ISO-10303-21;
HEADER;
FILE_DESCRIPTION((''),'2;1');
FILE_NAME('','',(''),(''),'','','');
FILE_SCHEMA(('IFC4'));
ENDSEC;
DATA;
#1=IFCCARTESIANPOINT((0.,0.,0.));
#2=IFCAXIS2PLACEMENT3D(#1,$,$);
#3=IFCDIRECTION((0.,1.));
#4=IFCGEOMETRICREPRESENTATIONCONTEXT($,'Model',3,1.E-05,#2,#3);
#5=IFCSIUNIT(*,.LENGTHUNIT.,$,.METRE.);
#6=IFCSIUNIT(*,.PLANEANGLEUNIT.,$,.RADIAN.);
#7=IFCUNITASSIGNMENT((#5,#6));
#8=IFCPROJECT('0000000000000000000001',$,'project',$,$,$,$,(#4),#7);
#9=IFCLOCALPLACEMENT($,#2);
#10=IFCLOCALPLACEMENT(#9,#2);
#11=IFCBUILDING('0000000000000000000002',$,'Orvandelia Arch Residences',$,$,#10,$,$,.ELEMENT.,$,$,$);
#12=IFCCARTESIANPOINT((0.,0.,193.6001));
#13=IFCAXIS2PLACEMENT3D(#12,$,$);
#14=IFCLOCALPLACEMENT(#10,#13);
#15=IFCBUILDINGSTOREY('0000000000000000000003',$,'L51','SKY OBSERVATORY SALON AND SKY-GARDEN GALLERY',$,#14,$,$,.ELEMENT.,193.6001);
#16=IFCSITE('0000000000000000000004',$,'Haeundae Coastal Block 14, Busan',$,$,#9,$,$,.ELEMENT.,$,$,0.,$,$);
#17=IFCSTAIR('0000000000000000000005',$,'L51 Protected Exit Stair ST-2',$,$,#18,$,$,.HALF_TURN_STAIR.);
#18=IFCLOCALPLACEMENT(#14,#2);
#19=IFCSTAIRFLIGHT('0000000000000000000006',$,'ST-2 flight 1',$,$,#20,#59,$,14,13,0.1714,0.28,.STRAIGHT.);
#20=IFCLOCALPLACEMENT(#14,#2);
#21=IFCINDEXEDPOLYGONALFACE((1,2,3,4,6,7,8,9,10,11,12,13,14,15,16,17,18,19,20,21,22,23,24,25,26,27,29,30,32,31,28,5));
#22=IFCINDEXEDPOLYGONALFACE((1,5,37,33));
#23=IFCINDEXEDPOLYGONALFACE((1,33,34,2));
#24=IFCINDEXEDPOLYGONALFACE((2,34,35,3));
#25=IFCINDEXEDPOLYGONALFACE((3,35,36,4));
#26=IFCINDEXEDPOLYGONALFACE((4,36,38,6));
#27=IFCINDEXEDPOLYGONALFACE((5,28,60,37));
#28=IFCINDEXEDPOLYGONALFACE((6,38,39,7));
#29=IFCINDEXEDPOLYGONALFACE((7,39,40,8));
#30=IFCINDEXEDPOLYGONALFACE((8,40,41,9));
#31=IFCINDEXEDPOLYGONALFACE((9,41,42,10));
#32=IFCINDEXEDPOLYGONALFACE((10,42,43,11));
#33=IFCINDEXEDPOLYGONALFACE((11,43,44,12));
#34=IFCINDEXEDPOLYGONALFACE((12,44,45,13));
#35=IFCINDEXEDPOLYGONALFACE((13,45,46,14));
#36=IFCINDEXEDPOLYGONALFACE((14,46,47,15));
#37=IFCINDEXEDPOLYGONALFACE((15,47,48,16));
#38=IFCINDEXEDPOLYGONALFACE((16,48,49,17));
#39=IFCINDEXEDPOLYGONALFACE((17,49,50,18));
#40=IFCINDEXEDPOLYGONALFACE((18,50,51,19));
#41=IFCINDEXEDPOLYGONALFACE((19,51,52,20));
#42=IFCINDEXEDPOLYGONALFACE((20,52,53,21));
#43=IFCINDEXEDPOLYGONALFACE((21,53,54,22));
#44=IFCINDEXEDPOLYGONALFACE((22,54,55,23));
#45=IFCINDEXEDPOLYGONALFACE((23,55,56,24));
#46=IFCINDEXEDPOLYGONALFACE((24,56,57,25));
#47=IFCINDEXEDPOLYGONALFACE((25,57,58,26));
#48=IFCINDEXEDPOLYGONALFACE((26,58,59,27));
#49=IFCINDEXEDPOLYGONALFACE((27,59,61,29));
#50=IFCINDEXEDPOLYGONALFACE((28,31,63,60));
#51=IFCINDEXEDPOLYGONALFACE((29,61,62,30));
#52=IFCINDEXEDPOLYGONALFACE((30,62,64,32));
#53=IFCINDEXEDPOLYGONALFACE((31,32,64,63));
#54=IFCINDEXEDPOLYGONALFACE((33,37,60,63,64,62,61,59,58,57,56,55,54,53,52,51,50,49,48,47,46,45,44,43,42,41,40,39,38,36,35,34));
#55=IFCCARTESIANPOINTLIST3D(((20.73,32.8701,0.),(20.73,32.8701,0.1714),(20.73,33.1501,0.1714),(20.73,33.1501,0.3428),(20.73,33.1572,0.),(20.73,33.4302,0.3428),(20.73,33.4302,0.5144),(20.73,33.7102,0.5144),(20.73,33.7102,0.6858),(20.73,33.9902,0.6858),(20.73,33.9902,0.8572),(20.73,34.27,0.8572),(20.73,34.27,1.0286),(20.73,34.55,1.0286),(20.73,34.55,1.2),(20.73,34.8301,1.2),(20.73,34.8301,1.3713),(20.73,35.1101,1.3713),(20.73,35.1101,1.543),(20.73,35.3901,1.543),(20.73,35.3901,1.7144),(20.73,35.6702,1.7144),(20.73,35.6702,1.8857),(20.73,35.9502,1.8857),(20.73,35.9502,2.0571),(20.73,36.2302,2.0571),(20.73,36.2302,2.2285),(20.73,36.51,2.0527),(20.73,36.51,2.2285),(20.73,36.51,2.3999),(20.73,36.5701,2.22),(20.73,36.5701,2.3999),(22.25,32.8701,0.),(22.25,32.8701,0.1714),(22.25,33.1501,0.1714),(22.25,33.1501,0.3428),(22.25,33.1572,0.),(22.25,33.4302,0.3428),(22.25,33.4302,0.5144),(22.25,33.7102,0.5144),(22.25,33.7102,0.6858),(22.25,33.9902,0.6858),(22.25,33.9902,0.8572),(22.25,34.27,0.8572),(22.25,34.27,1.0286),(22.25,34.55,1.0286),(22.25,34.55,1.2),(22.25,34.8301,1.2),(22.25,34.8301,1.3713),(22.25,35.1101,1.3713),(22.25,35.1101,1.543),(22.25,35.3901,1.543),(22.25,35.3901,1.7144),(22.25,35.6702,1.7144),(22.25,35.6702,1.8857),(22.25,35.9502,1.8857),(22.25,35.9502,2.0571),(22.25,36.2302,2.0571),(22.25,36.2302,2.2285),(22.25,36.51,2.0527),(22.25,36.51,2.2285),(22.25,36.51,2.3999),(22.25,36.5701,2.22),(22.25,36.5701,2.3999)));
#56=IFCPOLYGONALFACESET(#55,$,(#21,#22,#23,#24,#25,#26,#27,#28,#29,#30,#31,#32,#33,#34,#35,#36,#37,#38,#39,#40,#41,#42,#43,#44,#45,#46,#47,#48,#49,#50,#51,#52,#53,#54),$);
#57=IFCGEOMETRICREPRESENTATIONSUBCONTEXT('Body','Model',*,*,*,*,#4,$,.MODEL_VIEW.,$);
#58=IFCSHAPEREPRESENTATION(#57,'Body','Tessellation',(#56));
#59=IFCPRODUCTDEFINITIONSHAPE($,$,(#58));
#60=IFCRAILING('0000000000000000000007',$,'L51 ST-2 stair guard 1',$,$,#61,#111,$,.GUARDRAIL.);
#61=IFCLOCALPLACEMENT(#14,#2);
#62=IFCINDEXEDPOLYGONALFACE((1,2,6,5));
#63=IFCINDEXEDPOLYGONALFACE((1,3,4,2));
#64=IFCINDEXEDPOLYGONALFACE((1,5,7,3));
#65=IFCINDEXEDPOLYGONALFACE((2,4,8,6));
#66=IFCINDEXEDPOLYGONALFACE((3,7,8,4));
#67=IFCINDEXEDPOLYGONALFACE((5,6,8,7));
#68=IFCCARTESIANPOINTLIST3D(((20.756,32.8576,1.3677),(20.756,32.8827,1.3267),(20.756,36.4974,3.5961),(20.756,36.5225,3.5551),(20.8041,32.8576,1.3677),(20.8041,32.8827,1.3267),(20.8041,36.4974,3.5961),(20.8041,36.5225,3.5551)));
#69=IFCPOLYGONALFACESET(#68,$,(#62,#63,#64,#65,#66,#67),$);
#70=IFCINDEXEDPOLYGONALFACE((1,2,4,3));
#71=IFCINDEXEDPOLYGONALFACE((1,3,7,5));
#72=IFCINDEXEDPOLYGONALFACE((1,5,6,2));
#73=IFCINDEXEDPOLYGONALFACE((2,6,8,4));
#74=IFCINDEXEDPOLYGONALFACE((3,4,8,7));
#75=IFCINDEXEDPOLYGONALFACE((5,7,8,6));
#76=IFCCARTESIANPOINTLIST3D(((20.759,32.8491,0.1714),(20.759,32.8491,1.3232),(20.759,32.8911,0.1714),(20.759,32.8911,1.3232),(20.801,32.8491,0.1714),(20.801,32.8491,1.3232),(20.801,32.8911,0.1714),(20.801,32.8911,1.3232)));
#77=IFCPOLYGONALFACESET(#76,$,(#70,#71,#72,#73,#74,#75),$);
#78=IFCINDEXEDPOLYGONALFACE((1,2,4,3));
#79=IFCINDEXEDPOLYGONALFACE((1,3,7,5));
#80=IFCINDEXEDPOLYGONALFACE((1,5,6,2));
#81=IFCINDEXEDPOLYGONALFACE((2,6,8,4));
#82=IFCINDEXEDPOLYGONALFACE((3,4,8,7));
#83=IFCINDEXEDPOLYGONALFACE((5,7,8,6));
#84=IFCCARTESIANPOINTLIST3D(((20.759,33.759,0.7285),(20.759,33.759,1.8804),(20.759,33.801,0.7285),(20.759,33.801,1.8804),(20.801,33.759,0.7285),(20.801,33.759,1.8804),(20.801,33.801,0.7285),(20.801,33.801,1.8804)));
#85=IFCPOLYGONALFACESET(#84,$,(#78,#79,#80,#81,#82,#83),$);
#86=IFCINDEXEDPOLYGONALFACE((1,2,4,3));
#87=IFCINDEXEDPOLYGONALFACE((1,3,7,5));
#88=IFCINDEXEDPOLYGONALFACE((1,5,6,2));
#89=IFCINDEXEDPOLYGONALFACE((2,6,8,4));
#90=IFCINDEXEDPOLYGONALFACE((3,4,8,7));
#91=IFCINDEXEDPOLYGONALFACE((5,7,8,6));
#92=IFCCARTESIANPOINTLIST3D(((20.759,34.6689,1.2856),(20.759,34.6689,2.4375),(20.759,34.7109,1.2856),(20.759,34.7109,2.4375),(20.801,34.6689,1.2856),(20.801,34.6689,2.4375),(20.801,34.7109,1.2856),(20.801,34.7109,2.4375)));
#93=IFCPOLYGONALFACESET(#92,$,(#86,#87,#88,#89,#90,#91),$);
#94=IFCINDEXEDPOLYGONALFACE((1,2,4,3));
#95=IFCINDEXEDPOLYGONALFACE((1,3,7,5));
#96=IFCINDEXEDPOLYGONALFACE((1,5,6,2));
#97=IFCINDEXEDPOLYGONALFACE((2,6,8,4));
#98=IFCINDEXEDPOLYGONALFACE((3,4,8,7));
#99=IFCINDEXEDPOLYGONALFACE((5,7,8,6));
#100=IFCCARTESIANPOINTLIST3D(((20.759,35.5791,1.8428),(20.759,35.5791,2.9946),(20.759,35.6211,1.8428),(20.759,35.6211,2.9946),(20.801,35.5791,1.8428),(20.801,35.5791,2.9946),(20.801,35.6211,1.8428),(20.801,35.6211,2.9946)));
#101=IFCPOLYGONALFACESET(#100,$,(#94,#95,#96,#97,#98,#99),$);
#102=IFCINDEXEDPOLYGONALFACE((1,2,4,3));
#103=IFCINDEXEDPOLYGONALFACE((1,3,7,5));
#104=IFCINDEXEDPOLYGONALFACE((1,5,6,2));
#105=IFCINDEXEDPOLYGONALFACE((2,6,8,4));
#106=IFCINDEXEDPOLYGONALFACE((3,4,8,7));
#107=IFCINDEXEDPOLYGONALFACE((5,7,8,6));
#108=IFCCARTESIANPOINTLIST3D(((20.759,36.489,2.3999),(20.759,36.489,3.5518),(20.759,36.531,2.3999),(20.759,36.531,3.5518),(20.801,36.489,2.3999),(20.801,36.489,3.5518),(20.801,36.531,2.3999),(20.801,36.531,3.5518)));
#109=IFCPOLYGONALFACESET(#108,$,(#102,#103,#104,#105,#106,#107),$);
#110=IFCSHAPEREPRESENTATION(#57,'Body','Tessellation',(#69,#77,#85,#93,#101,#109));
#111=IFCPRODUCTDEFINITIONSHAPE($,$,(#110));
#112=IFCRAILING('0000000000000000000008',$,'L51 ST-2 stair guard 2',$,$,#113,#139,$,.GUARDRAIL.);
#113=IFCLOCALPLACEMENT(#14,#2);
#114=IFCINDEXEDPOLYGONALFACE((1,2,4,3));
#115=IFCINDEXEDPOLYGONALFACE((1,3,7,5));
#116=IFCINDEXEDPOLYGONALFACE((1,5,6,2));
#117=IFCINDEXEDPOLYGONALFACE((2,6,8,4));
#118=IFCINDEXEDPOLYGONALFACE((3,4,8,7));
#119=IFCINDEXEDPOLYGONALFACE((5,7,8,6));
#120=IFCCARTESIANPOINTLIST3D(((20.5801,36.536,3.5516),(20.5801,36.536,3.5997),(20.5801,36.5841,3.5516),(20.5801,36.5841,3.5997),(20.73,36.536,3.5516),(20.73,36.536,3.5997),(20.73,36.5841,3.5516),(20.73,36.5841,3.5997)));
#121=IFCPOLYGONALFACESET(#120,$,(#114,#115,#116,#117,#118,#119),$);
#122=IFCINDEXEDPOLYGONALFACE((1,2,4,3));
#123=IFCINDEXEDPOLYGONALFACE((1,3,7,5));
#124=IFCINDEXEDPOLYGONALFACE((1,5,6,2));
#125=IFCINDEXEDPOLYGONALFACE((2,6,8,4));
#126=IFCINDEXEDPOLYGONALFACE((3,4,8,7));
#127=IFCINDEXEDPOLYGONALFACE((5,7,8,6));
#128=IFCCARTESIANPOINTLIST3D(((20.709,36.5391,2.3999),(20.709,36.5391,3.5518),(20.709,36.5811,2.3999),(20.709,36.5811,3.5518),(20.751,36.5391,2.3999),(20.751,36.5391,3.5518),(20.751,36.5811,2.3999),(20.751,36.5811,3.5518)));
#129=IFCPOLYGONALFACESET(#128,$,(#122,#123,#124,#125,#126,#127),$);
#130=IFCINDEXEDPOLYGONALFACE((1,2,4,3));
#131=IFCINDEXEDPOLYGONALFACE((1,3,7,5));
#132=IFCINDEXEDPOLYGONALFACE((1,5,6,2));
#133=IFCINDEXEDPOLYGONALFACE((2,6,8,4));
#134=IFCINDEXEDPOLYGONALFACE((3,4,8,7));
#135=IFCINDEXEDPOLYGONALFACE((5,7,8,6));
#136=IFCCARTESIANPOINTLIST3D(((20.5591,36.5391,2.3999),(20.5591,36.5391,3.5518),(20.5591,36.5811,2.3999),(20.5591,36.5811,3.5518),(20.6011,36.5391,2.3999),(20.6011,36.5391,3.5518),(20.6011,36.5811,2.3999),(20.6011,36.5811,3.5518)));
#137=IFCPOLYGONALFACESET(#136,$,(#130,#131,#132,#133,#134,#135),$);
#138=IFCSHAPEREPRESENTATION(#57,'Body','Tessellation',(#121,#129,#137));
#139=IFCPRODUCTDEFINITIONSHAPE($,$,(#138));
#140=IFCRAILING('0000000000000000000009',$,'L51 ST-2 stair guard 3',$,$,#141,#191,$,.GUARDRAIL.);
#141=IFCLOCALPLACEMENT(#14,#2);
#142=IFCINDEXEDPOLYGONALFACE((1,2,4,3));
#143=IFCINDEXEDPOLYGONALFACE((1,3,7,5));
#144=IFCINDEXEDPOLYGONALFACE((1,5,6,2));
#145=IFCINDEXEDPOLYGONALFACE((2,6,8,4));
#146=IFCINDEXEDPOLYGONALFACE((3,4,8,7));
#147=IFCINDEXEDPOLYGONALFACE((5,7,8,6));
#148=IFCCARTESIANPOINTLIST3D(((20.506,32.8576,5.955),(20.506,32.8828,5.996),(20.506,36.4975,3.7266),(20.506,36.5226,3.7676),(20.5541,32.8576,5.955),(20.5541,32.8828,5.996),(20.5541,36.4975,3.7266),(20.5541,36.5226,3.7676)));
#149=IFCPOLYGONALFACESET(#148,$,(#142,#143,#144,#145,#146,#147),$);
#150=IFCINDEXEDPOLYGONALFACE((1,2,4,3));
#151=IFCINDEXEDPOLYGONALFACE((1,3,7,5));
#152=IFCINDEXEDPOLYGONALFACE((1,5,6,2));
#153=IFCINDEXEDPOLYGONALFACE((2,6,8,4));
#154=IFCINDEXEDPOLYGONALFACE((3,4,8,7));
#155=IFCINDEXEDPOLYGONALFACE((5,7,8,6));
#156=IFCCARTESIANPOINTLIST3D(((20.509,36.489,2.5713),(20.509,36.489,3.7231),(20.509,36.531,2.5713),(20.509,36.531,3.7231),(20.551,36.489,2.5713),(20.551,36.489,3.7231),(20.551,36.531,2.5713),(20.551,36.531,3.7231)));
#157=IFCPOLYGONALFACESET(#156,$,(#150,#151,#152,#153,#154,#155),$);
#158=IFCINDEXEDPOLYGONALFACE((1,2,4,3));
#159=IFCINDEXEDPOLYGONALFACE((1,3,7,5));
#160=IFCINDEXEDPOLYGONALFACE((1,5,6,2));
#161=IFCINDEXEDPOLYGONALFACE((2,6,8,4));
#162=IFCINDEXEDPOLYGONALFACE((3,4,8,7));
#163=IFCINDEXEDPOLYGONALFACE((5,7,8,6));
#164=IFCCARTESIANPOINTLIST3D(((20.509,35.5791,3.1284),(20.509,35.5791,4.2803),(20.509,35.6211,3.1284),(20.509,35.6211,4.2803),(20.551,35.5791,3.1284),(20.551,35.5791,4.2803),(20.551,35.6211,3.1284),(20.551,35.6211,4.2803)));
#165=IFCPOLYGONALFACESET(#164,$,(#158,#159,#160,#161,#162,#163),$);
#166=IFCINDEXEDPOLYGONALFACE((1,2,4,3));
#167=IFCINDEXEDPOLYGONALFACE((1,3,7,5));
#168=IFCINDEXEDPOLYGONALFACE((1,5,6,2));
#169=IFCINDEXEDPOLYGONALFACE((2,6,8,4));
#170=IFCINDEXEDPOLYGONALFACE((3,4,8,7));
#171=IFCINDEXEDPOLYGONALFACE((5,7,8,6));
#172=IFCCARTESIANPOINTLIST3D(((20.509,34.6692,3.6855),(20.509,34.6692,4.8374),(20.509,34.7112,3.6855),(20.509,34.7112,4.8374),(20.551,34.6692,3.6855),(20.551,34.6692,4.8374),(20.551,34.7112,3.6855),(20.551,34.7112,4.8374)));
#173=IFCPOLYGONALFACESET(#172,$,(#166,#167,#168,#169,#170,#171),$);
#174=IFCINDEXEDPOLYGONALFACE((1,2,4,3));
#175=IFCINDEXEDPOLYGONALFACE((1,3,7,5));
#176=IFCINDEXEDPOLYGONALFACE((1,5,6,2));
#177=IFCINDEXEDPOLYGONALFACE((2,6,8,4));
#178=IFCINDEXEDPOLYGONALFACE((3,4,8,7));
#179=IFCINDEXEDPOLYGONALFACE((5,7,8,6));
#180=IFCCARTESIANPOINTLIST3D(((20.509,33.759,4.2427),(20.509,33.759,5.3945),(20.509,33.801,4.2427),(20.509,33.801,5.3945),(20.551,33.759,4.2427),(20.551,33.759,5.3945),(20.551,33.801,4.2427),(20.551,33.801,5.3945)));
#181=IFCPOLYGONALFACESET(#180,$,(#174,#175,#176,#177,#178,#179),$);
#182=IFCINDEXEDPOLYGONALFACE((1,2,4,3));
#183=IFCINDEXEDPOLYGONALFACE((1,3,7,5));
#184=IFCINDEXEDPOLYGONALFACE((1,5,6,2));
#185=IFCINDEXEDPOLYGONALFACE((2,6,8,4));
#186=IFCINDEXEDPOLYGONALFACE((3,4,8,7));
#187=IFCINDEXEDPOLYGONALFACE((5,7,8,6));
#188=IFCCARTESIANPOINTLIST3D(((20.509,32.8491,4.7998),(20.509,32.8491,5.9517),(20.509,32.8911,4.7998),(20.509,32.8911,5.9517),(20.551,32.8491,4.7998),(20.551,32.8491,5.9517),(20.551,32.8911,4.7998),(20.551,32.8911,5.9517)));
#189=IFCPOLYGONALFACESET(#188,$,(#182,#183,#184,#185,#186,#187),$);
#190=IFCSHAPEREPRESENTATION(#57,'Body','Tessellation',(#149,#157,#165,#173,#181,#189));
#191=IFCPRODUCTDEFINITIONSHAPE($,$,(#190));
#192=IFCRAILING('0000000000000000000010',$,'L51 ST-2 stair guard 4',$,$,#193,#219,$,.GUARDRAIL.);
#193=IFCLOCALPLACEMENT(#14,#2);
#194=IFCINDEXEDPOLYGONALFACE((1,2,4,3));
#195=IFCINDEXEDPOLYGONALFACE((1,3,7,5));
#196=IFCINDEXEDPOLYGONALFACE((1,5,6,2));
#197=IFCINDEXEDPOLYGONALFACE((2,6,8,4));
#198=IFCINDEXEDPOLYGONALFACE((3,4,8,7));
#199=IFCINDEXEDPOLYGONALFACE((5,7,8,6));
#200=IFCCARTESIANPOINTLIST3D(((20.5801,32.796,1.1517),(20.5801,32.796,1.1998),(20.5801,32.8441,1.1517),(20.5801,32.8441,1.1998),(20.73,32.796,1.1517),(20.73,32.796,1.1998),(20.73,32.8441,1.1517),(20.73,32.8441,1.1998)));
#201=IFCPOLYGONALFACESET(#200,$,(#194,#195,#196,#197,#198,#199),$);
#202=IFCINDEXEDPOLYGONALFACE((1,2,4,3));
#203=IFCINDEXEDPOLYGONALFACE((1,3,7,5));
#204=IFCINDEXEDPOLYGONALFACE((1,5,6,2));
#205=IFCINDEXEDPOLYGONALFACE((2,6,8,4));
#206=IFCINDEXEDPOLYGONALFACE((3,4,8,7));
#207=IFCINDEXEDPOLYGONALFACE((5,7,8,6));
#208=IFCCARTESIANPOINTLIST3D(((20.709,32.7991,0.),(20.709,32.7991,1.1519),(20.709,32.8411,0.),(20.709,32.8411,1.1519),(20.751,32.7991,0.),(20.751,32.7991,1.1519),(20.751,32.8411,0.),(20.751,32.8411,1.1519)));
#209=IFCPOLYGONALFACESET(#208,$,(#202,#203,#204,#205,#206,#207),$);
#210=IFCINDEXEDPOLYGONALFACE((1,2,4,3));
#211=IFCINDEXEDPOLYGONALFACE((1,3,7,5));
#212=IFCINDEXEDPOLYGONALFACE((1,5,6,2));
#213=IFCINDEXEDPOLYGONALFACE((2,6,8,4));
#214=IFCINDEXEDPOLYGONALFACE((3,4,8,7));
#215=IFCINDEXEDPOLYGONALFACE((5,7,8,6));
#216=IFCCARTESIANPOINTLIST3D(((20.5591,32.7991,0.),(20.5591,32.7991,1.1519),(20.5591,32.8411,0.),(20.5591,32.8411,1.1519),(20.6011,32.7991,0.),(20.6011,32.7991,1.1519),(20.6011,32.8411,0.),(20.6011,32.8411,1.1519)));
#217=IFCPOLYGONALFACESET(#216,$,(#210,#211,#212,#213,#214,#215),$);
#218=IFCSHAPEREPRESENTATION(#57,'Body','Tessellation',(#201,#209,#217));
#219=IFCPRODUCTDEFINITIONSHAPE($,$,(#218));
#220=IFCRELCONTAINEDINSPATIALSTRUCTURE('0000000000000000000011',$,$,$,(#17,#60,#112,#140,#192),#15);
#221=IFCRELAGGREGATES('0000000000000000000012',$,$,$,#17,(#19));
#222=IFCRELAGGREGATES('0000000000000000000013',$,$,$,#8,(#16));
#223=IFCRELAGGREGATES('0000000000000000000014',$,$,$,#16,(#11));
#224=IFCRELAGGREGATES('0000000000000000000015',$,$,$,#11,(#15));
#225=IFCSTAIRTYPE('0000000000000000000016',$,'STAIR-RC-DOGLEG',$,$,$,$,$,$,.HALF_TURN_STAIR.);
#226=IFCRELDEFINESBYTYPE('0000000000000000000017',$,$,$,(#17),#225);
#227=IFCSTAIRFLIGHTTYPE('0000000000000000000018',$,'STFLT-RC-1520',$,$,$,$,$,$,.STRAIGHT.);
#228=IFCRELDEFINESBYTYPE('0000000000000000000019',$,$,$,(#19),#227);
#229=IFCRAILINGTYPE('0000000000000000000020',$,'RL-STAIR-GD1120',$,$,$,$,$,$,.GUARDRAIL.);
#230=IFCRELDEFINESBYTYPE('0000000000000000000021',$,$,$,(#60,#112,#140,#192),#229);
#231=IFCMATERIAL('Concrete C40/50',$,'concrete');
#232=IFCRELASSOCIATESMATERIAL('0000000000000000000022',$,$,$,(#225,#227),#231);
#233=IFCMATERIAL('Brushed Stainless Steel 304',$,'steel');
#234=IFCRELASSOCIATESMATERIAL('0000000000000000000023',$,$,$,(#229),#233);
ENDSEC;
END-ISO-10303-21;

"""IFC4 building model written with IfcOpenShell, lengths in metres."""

from ifc_helpers import new_model, si_unit, direction, frame, origin, origin_2d, place, context, subcontext, project, spatial, polyline, rectangle, outline, extrude, material, type_object, element, aggregate, save


model = new_model("IFC4")

# Units and contexts
model_context = context("Model", 3, precision=1e-05, world=origin(), true_north=direction((0.0, 1.0)))
body_context = subcontext(model_context, "Body", "Model", "MODEL_VIEW")
ifc_project = project(units=[si_unit("LENGTHUNIT", "METRE"), si_unit("PLANEANGLEUNIT", "RADIAN")], contexts=[model_context])

# Site, building, storey
site_placement = place(None, origin())
site = spatial("IfcSite", under=ifc_project, at=site_placement, Name="Haeundae Coastal Block 14, Busan", CompositionType="ELEMENT", RefElevation=0.0)
building_placement = place(site_placement, origin())
building = spatial("IfcBuilding", under=site, at=building_placement, Name="Orvandelia Arch Residences", CompositionType="ELEMENT")
storey_placement = place(building_placement, frame((0.0, 0.0, 193.6001)))
storey = spatial("IfcBuildingStorey", under=building, at=storey_placement, Name="L51", Description="SKY OBSERVATORY SALON AND SKY-GARDEN GALLERY", CompositionType="ELEMENT", Elevation=193.6001)

# Stair, stair flight
ifc_material_1 = material(Name="Concrete C40/50", Category="concrete")
stair_type = type_object("IfcStairType", Name="STAIR-RC-DOGLEG", PredefinedType="HALF_TURN_STAIR", material=ifc_material_1)
stair_placement = place(storey_placement, origin())
stair = element("IfcStair", 1, at=stair_placement, inside=storey, type_object=stair_type, Name="L51 Protected Exit Stair ST-2", PredefinedType="HALF_TURN_STAIR")
stair_flight_type = type_object("IfcStairFlightType", Name="STFLT-RC-1520", PredefinedType="STRAIGHT", material=ifc_material_1)
stair_flight_placement = place(storey_placement, frame((21.49, 32.8701, 0.0), z_axis=(0.0, 0.0, 1.0), x_axis=(0.0, 1.0, 0.0)))
stair_flight = element("IfcStairFlight", 2, at=stair_flight_placement, type_object=stair_flight_type, Name="ST-2 flight 1", NumberOfRisers=14, NumberOfTreads=13, PredefinedType="STRAIGHT", RiserHeight=0.1714, TreadLength=0.28, context=body_context, shape_type="SweptSolid", body=[
    extrude(outline(polyline([(0.0, 0.0), (0.0, 0.1714), (0.28, 0.1714), (0.28, 0.3428), (0.5601, 0.3428), (0.5601, 0.5144), (0.8401, 0.5144), (0.8401, 0.6858), (1.1201, 0.6858), (1.1201, 0.8572), (1.3999, 0.8572), (1.3999, 1.0286), (1.6799, 1.0286), (1.6799, 1.2), (1.96, 1.2), (1.96, 1.3713), (2.24, 1.3713), (2.24, 1.543), (2.52, 1.543), (2.52, 1.7144), (2.8, 1.7144), (2.8, 1.8857), (3.0801, 1.8857), (3.0801, 2.0571), (3.3601, 2.0571), (3.3601, 2.2285), (3.6399, 2.2285), (3.6399, 2.3999), (3.7, 2.3999), (3.7, 2.22), (3.6399, 2.0527), (0.2871, 0.0), (0.0, 0.0)])), frame((0.0, 0.76, 0.0), z_axis=(0.0, -1.0, 0.0), x_axis=(1.0, 0.0, 0.0)), (0.0, 0.0, 1.0), 1.52),
])
aggregate(stair, [stair_flight])

# Railings
ifc_material_2 = material(Name="Brushed Stainless Steel 304", Category="steel")
railing_type_1 = type_object("IfcRailingType", Name="RL-STAIR-GD1120", PredefinedType="GUARDRAIL", material=ifc_material_2)
railing_1_placement = place(storey_placement, frame((20.78, 32.8701, 0.1714)))
element("IfcRailing", 3, at=railing_1_placement, inside=storey, type_object=railing_type_1, Name="L51 ST-2 stair guard 1", PredefinedType="GUARDRAIL", context=body_context, shape_type="SweptSolid", body=[
    extrude(rectangle(XDim=0.0481, YDim=0.0481, at=origin_2d()), frame((0.0, 0.0, 1.1758), z_axis=(0.0, 0.85285, 0.522156), x_axis=(-1.0, 0.0, 0.0)), (0.0, 0.0, 1.0), 4.2678),
    extrude(rectangle(XDim=0.042, YDim=0.042, at=origin_2d()), origin(), (0.0, 0.0, 1.0), 1.1519),
    extrude(rectangle(XDim=0.042, YDim=0.042, at=origin_2d()), frame((0.0, 0.9099, 0.5571)), (0.0, 0.0, 1.0), 1.1519),
    extrude(rectangle(XDim=0.042, YDim=0.042, at=origin_2d()), frame((0.0, 1.8198, 1.1143)), (0.0, 0.0, 1.0), 1.1519),
    extrude(rectangle(XDim=0.042, YDim=0.042, at=origin_2d()), frame((0.0, 2.73, 1.6714)), (0.0, 0.0, 1.0), 1.1519),
    extrude(rectangle(XDim=0.042, YDim=0.042, at=origin_2d()), frame((0.0, 3.6399, 2.2285)), (0.0, 0.0, 1.0), 1.1519),
])
railing_2_placement = place(storey_placement, frame((20.73, 36.5601, 2.3999)))
element("IfcRailing", 4, at=railing_2_placement, inside=storey, type_object=railing_type_1, Name="L51 ST-2 stair guard 2", PredefinedType="GUARDRAIL", context=body_context, shape_type="SweptSolid", body=[
    extrude(rectangle(XDim=0.0481, YDim=0.0481, at=origin_2d()), frame((0.0, 0.0, 1.1758), z_axis=(-1.0, 0.0, 0.0), x_axis=(0.0, -1.0, 0.0)), (0.0, 0.0, 1.0), 0.1499),
    extrude(rectangle(XDim=0.042, YDim=0.042, at=origin_2d()), origin(), (0.0, 0.0, 1.0), 1.1519),
    extrude(rectangle(XDim=0.042, YDim=0.042, at=origin_2d()), frame((-0.1499, 0.0, 0.0)), (0.0, 0.0, 1.0), 1.1519),
])
railing_3_placement = place(storey_placement, frame((20.53, 36.51, 2.5713)))
element("IfcRailing", 5, at=railing_3_placement, inside=storey, type_object=railing_type_1, Name="L51 ST-2 stair guard 3", PredefinedType="GUARDRAIL", context=body_context, shape_type="SweptSolid", body=[
    extrude(rectangle(XDim=0.0481, YDim=0.0481, at=origin_2d()), frame((0.0, 0.0, 1.1758), z_axis=(0.0, -0.85285, 0.522156), x_axis=(1.0, 0.0, 0.0)), (0.0, 0.0, 1.0), 4.2678),
    extrude(rectangle(XDim=0.042, YDim=0.042, at=origin_2d()), origin(), (0.0, 0.0, 1.0), 1.1519),
    extrude(rectangle(XDim=0.042, YDim=0.042, at=origin_2d()), frame((0.0, -0.9099, 0.5571)), (0.0, 0.0, 1.0), 1.1519),
    extrude(rectangle(XDim=0.042, YDim=0.042, at=origin_2d()), frame((0.0, -1.8198, 1.1143)), (0.0, 0.0, 1.0), 1.1519),
    extrude(rectangle(XDim=0.042, YDim=0.042, at=origin_2d()), frame((0.0, -2.73, 1.6714)), (0.0, 0.0, 1.0), 1.1519),
    extrude(rectangle(XDim=0.042, YDim=0.042, at=origin_2d()), frame((0.0, -3.6399, 2.2285)), (0.0, 0.0, 1.0), 1.1519),
])
railing_4_placement = place(storey_placement, frame((20.73, 32.8201, 0.0)))
element("IfcRailing", 6, at=railing_4_placement, inside=storey, type_object=railing_type_1, Name="L51 ST-2 stair guard 4", PredefinedType="GUARDRAIL", context=body_context, shape_type="SweptSolid", body=[
    extrude(rectangle(XDim=0.0481, YDim=0.0481, at=origin_2d()), frame((0.0, 0.0, 1.1758), z_axis=(-1.0, 0.0, 0.0), x_axis=(0.0, -1.0, 0.0)), (0.0, 0.0, 1.0), 0.1499),
    extrude(rectangle(XDim=0.042, YDim=0.042, at=origin_2d()), origin(), (0.0, 0.0, 1.0), 1.1519),
    extrude(rectangle(XDim=0.042, YDim=0.042, at=origin_2d()), frame((-0.1499, 0.0, 0.0)), (0.0, 0.0, 1.0), 1.1519),
])

save(model, "model.ifc")
